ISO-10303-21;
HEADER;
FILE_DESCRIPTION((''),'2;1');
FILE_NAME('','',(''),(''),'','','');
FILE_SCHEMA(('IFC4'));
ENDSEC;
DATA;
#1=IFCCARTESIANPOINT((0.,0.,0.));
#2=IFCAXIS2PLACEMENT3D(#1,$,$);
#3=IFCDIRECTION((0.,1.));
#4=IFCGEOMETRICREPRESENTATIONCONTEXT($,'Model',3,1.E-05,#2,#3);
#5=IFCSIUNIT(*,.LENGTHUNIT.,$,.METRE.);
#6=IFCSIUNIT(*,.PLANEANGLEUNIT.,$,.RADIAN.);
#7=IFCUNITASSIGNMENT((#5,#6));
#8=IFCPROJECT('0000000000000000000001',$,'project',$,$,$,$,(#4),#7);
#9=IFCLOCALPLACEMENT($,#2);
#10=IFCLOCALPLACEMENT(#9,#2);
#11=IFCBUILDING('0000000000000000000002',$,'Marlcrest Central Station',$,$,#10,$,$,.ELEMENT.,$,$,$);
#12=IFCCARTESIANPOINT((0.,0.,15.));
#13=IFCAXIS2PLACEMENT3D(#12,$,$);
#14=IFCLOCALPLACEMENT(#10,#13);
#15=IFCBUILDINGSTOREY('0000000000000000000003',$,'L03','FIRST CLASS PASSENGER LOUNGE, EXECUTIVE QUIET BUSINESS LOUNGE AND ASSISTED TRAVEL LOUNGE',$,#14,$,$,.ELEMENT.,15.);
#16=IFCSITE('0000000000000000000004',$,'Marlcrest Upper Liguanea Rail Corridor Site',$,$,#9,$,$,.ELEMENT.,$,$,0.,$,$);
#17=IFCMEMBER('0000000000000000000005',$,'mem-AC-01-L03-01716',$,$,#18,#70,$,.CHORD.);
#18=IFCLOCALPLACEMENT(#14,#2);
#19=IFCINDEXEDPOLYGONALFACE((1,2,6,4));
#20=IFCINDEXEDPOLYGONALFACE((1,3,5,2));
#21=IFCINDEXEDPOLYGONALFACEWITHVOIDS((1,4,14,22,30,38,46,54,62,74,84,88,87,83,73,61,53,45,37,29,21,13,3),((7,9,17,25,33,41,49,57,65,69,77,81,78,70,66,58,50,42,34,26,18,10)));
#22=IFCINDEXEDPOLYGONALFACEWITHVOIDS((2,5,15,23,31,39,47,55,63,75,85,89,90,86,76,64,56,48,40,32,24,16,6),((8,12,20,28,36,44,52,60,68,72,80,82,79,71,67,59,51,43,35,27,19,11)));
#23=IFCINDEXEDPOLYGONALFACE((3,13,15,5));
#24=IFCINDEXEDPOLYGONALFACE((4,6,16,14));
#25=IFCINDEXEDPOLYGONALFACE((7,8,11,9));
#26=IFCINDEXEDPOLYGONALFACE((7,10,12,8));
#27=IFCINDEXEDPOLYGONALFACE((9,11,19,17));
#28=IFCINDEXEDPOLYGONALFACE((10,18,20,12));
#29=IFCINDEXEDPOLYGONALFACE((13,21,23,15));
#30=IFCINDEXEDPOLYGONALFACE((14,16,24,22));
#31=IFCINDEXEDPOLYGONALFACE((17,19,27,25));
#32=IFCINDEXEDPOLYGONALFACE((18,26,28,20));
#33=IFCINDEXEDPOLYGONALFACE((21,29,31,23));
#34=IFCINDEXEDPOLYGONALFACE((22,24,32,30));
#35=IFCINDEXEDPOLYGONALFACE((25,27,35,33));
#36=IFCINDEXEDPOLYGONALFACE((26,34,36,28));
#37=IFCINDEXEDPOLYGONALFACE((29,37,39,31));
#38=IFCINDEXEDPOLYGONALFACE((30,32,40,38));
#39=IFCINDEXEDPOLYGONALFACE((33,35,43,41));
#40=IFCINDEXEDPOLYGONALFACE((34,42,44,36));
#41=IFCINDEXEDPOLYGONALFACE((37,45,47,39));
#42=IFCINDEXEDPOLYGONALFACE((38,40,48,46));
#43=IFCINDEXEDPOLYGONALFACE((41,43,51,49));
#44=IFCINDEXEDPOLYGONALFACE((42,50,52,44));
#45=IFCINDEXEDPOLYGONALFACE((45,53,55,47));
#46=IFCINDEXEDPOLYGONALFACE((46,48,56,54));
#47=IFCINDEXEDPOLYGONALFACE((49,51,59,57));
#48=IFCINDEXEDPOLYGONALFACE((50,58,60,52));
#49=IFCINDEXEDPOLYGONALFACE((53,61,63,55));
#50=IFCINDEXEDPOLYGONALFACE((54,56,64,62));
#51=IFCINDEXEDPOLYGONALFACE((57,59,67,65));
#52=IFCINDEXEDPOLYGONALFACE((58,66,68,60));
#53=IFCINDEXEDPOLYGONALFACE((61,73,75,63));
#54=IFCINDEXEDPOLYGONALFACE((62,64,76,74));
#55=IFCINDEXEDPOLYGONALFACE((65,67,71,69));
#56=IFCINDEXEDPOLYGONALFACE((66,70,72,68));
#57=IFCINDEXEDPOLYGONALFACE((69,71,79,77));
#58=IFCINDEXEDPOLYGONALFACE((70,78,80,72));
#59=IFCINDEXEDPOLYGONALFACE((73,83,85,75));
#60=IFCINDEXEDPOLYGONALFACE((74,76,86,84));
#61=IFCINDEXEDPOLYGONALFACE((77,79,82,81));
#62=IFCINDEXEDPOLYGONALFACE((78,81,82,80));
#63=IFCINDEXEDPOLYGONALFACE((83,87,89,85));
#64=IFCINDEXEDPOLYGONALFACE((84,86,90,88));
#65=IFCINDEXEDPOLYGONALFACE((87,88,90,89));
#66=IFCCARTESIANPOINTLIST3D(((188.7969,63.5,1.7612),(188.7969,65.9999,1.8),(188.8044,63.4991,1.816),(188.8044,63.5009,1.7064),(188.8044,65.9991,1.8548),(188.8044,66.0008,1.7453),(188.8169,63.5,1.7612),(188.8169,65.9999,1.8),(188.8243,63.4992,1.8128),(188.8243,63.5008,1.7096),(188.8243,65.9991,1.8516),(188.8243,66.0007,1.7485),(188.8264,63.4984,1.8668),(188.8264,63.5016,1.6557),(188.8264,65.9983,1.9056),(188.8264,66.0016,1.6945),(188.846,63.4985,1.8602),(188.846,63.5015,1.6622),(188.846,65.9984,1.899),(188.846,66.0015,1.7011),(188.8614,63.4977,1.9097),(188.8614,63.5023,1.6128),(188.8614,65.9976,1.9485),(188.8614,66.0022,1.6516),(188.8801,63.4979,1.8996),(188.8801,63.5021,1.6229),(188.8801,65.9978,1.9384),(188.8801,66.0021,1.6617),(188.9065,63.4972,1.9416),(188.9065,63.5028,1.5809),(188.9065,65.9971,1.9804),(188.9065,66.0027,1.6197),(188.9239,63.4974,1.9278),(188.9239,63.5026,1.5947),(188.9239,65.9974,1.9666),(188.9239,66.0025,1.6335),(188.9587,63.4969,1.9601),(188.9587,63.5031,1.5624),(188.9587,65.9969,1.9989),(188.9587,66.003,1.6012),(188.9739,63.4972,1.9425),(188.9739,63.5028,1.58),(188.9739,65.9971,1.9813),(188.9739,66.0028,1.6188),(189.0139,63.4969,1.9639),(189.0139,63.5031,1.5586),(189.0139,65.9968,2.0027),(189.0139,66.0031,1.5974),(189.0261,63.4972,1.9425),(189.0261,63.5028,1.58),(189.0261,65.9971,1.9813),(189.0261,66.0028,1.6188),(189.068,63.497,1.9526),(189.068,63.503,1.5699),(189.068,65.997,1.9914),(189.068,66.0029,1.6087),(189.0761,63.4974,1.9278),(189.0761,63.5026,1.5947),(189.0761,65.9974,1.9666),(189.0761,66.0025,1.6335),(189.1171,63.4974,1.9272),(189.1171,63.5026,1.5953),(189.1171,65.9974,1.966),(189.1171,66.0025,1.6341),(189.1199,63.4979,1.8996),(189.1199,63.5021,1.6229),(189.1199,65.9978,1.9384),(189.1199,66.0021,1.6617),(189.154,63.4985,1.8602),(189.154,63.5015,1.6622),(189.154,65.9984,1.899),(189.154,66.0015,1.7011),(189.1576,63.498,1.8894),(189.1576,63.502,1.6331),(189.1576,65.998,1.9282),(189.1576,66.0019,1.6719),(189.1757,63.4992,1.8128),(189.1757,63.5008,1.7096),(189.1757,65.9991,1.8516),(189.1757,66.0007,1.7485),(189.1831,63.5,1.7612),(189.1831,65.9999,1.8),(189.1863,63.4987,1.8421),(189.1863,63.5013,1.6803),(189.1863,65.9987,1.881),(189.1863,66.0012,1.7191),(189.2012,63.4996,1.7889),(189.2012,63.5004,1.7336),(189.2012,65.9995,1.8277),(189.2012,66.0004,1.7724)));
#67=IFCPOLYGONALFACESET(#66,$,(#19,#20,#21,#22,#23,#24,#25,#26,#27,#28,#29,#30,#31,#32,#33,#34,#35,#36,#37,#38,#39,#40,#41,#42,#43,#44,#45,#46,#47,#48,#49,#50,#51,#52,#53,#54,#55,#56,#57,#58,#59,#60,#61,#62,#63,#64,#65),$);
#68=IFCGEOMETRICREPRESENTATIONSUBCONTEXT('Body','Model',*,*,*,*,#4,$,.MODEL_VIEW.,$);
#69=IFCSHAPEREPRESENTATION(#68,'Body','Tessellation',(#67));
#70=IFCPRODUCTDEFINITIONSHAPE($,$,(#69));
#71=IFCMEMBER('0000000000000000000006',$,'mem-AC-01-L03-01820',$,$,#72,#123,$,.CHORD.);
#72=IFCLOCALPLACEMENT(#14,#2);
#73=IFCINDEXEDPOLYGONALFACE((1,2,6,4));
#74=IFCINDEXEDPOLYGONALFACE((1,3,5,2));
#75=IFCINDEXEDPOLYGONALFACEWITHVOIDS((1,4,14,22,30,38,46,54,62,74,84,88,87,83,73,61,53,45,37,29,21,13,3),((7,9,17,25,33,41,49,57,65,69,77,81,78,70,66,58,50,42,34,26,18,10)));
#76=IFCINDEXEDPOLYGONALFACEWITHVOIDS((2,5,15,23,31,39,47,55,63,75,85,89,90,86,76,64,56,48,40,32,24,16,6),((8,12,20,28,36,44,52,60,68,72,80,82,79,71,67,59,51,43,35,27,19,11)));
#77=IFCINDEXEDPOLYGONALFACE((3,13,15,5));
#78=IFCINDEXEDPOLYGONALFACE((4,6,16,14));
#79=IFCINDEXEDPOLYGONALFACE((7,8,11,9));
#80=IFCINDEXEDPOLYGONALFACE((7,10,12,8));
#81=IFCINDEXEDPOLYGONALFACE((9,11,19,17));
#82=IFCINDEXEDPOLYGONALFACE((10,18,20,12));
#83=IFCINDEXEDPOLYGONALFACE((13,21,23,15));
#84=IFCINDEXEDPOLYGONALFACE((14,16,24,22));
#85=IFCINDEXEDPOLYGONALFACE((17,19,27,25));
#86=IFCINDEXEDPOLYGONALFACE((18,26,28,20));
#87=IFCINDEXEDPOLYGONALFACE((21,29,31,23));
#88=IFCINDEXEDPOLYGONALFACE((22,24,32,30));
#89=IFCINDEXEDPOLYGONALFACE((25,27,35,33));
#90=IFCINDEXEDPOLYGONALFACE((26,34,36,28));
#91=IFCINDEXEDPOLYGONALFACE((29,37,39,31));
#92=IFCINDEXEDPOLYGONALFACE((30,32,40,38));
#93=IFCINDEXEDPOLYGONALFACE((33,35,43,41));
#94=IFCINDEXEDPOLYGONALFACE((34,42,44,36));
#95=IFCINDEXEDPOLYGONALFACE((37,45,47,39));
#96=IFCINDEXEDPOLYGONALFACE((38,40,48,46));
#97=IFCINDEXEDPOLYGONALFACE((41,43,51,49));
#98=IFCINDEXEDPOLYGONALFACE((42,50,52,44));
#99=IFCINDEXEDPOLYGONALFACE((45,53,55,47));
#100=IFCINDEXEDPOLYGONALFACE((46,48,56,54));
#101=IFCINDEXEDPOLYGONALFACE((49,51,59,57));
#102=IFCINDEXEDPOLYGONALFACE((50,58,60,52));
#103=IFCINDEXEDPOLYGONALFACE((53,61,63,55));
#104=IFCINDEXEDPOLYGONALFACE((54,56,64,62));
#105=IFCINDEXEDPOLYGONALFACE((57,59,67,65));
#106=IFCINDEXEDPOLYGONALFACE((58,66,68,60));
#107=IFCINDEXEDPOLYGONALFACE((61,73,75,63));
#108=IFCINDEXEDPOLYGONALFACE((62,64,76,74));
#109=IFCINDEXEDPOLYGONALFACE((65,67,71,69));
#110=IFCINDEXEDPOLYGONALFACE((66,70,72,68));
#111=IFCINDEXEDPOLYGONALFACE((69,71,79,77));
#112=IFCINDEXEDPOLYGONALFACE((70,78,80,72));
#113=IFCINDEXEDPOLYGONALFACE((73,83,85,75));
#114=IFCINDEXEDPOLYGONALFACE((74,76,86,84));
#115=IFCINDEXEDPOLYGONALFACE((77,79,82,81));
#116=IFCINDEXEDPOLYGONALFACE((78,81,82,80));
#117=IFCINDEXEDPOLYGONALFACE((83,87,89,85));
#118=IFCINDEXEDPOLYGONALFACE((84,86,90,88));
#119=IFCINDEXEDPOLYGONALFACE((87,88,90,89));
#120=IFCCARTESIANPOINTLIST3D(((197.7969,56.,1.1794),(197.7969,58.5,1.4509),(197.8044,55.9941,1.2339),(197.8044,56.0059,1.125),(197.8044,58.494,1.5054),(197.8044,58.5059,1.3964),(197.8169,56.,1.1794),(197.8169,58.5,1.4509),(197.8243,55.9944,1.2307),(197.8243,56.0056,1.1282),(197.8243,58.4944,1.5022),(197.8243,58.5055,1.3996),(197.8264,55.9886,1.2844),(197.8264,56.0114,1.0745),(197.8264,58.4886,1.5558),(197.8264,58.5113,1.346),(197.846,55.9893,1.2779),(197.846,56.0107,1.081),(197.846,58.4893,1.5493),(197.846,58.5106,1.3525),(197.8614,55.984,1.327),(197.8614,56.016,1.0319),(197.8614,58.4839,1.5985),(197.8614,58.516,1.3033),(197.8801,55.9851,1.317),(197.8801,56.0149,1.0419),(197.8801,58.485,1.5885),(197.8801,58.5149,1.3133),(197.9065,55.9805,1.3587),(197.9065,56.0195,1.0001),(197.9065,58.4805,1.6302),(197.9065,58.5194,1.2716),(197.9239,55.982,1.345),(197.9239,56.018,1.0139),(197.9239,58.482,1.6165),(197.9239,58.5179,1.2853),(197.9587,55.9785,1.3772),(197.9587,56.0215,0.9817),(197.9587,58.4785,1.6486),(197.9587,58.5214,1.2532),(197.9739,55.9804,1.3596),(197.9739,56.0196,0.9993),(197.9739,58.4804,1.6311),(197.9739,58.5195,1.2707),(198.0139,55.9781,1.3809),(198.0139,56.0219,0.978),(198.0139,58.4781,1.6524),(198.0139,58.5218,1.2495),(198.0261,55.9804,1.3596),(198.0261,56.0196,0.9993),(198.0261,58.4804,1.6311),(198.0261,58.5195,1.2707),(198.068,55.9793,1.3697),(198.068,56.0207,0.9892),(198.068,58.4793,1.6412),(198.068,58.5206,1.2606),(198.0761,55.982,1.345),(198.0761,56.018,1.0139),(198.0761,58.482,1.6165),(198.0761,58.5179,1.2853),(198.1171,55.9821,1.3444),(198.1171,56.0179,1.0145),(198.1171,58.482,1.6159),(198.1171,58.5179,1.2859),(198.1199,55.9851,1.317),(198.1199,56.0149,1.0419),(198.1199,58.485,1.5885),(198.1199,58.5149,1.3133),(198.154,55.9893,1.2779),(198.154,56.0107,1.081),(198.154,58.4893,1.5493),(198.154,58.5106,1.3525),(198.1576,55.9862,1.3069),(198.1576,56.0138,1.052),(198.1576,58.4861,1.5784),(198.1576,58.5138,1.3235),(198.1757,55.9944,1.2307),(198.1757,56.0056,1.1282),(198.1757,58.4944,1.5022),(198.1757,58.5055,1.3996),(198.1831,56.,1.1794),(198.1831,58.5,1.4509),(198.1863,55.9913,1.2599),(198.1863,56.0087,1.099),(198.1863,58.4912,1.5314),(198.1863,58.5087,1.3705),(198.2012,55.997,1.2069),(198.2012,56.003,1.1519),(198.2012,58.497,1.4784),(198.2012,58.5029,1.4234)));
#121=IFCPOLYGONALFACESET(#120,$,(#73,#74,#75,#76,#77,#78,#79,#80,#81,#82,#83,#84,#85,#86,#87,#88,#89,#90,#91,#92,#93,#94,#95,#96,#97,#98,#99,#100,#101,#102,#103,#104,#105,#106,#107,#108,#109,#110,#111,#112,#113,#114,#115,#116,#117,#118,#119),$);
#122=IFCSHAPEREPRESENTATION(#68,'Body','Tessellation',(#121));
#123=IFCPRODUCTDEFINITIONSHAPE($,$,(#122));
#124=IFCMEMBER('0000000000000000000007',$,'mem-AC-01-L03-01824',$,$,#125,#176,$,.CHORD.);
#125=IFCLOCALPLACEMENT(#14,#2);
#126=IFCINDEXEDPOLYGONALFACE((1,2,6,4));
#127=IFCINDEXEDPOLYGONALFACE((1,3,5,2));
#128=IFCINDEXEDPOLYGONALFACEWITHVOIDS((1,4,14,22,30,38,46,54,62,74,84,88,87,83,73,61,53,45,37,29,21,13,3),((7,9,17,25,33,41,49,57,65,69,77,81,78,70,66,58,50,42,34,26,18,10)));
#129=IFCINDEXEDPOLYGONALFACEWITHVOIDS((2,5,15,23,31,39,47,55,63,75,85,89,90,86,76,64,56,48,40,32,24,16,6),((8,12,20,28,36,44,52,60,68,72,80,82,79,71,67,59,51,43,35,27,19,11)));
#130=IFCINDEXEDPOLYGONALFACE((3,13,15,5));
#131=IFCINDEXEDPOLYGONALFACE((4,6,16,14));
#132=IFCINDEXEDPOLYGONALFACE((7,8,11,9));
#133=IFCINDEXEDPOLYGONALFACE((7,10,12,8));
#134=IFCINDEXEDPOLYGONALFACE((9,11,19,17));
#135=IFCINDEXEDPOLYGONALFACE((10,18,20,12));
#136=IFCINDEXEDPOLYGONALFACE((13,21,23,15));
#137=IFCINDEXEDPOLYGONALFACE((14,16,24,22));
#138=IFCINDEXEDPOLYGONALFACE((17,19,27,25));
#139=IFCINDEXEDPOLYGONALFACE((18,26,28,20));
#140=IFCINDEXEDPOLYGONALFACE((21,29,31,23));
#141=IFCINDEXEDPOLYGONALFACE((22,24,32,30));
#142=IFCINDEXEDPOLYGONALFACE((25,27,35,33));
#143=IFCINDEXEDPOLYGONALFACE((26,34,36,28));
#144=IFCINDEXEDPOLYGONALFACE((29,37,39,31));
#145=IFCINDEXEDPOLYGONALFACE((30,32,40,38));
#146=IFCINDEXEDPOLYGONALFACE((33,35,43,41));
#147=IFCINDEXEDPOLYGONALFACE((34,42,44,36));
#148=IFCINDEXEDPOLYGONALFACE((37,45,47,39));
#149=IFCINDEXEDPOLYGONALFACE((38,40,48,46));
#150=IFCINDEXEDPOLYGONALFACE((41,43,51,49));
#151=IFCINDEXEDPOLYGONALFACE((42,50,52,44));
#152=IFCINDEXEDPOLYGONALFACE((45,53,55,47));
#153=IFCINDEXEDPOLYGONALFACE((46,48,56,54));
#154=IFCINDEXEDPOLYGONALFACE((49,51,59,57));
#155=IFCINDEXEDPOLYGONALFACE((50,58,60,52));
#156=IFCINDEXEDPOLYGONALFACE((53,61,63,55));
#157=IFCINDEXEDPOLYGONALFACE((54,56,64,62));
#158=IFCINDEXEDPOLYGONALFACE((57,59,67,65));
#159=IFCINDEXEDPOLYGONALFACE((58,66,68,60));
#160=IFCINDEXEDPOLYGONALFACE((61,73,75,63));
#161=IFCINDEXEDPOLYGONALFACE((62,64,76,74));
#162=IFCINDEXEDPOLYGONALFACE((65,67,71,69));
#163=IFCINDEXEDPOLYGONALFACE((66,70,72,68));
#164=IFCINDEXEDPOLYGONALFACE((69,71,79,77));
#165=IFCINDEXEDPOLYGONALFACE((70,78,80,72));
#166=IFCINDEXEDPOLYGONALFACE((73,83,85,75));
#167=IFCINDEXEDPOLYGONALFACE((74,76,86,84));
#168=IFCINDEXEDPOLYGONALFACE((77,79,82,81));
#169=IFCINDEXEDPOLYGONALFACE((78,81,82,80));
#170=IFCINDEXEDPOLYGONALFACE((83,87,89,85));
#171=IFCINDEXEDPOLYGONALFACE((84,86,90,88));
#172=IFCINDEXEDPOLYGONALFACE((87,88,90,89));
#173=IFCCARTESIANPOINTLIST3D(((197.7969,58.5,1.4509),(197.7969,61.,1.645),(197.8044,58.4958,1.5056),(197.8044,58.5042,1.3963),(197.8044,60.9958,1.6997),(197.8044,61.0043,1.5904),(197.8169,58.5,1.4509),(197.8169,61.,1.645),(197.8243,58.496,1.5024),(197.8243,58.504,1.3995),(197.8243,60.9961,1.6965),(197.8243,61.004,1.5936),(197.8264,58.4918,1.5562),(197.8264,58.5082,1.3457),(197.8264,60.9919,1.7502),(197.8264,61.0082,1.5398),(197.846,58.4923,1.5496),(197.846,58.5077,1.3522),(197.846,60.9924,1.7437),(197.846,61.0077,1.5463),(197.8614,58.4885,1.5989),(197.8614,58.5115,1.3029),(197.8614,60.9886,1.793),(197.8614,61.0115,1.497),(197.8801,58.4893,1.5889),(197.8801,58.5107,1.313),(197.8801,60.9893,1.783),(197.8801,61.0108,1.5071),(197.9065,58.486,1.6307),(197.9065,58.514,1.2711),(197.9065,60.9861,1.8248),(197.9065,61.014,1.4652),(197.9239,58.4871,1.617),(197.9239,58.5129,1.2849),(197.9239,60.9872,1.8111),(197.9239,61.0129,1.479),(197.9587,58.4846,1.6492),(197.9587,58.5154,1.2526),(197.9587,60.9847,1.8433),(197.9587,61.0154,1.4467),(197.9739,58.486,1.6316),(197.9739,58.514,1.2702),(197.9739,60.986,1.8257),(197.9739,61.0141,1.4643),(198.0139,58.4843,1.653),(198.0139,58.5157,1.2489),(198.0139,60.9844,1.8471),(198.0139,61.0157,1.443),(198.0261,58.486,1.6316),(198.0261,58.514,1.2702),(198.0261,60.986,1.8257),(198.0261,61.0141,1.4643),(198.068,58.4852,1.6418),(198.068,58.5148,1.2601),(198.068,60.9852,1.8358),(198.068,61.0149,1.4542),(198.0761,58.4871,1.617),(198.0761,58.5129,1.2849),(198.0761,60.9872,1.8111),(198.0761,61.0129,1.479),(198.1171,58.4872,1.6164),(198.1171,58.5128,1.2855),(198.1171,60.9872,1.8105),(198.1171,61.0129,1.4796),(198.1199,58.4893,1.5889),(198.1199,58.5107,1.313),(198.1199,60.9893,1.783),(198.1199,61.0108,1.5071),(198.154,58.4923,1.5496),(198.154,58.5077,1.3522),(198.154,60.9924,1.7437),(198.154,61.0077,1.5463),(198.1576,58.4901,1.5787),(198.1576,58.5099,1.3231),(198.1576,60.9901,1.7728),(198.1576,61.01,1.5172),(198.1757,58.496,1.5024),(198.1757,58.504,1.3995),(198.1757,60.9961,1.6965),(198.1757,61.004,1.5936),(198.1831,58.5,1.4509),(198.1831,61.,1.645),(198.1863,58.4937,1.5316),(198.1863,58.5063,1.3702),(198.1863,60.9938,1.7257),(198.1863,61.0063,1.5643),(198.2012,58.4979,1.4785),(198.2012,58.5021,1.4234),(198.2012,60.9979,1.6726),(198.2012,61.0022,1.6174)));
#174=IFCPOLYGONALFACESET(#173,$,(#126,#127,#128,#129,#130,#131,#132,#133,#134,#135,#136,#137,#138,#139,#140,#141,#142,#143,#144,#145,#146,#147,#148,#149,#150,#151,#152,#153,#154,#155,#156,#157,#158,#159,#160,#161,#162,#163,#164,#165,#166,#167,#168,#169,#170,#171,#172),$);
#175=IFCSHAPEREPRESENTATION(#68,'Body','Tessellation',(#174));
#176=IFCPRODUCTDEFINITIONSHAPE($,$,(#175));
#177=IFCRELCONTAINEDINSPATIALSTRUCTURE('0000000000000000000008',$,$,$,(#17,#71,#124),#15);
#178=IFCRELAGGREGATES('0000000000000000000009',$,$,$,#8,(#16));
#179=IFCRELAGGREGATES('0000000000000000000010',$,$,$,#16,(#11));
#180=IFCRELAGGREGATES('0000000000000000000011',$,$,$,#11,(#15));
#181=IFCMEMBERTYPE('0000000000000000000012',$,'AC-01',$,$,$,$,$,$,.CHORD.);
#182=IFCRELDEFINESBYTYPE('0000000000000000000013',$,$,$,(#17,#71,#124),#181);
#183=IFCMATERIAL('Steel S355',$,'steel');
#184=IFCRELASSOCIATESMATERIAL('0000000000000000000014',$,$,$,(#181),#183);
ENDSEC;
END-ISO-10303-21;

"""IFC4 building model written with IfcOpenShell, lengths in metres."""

from ifc_helpers import new_model, si_unit, direction, frame, origin, origin_2d, place, context, subcontext, project, spatial, hollow_circle, extrude, material, material_profile, profile_set, type_object, element, save


model = new_model("IFC4")

# Units and contexts
model_context = context("Model", 3, precision=1e-05, world=origin(), true_north=direction((0.0, 1.0)))
body_context = subcontext(model_context, "Body", "Model", "MODEL_VIEW")
ifc_project = project(units=[si_unit("LENGTHUNIT", "METRE"), si_unit("PLANEANGLEUNIT", "RADIAN")], contexts=[model_context])

# Site, building, storey
site_placement = place(None, origin())
site = spatial("IfcSite", under=ifc_project, at=site_placement, Name="Marlcrest Upper Liguanea Rail Corridor Site", CompositionType="ELEMENT", RefElevation=0.0)
building_placement = place(site_placement, origin())
building = spatial("IfcBuilding", under=site, at=building_placement, Name="Marlcrest Central Station", CompositionType="ELEMENT")
storey_placement = place(building_placement, frame((0.0, 0.0, 15.0)))
storey = spatial("IfcBuildingStorey", under=building, at=storey_placement, Name="L03", Description="FIRST CLASS PASSENGER LOUNGE, EXECUTIVE QUIET BUSINESS LOUNGE AND ASSISTED TRAVEL LOUNGE", CompositionType="ELEMENT", Elevation=15.0)

# Members
ifc_material_1 = material(Name="Steel S355", Category="steel")
ifc_material_profile_1 = material_profile(ifc_material_1, hollow_circle(Radius=0.2031, WallThickness=0.02, at=origin_2d()), Name="CHS 406.4x20")
ifc_profile_set_1 = profile_set([ifc_material_profile_1], Name="Steel S355")
member_type_1 = type_object("IfcMemberType", Name="AC-01", PredefinedType="CHORD", material=ifc_profile_set_1)
member_1_placement = place(storey_placement, frame((189.0, 63.5, 1.7612), z_axis=(0.0, 0.999879, 0.015525), x_axis=(-1.0, 0.0, 0.0)))
element("IfcMember", 1, at=member_1_placement, inside=storey, type_object=member_type_1, Name="mem-AC-01-L03-01716", PredefinedType="CHORD", context=body_context, shape_type="SweptSolid", body=[
    extrude(hollow_circle(Radius=0.2031, WallThickness=0.02, at=origin_2d()), origin(), (0.0, 0.0, 1.0), 2.5002),
])
member_2_placement = place(storey_placement, frame((198.0, 56.0, 1.1794), z_axis=(0.0, 0.994155, 0.107959), x_axis=(-1.0, 0.0, 0.0)))
element("IfcMember", 2, at=member_2_placement, inside=storey, type_object=member_type_1, Name="mem-AC-01-L03-01820", PredefinedType="CHORD", context=body_context, shape_type="SweptSolid", body=[
    extrude(hollow_circle(Radius=0.2031, WallThickness=0.02, at=origin_2d()), origin(), (0.0, 0.0, 1.0), 2.5146),
])
member_3_placement = place(storey_placement, frame((198.0, 58.5, 1.4509), z_axis=(0.0, 0.997, 0.077404), x_axis=(-1.0, 0.0, 0.0)))
element("IfcMember", 3, at=member_3_placement, inside=storey, type_object=member_type_1, Name="mem-AC-01-L03-01824", PredefinedType="CHORD", context=body_context, shape_type="SweptSolid", body=[
    extrude(hollow_circle(Radius=0.2031, WallThickness=0.02, at=origin_2d()), origin(), (0.0, 0.0, 1.0), 2.5076),
])

save(model, "model.ifc")
